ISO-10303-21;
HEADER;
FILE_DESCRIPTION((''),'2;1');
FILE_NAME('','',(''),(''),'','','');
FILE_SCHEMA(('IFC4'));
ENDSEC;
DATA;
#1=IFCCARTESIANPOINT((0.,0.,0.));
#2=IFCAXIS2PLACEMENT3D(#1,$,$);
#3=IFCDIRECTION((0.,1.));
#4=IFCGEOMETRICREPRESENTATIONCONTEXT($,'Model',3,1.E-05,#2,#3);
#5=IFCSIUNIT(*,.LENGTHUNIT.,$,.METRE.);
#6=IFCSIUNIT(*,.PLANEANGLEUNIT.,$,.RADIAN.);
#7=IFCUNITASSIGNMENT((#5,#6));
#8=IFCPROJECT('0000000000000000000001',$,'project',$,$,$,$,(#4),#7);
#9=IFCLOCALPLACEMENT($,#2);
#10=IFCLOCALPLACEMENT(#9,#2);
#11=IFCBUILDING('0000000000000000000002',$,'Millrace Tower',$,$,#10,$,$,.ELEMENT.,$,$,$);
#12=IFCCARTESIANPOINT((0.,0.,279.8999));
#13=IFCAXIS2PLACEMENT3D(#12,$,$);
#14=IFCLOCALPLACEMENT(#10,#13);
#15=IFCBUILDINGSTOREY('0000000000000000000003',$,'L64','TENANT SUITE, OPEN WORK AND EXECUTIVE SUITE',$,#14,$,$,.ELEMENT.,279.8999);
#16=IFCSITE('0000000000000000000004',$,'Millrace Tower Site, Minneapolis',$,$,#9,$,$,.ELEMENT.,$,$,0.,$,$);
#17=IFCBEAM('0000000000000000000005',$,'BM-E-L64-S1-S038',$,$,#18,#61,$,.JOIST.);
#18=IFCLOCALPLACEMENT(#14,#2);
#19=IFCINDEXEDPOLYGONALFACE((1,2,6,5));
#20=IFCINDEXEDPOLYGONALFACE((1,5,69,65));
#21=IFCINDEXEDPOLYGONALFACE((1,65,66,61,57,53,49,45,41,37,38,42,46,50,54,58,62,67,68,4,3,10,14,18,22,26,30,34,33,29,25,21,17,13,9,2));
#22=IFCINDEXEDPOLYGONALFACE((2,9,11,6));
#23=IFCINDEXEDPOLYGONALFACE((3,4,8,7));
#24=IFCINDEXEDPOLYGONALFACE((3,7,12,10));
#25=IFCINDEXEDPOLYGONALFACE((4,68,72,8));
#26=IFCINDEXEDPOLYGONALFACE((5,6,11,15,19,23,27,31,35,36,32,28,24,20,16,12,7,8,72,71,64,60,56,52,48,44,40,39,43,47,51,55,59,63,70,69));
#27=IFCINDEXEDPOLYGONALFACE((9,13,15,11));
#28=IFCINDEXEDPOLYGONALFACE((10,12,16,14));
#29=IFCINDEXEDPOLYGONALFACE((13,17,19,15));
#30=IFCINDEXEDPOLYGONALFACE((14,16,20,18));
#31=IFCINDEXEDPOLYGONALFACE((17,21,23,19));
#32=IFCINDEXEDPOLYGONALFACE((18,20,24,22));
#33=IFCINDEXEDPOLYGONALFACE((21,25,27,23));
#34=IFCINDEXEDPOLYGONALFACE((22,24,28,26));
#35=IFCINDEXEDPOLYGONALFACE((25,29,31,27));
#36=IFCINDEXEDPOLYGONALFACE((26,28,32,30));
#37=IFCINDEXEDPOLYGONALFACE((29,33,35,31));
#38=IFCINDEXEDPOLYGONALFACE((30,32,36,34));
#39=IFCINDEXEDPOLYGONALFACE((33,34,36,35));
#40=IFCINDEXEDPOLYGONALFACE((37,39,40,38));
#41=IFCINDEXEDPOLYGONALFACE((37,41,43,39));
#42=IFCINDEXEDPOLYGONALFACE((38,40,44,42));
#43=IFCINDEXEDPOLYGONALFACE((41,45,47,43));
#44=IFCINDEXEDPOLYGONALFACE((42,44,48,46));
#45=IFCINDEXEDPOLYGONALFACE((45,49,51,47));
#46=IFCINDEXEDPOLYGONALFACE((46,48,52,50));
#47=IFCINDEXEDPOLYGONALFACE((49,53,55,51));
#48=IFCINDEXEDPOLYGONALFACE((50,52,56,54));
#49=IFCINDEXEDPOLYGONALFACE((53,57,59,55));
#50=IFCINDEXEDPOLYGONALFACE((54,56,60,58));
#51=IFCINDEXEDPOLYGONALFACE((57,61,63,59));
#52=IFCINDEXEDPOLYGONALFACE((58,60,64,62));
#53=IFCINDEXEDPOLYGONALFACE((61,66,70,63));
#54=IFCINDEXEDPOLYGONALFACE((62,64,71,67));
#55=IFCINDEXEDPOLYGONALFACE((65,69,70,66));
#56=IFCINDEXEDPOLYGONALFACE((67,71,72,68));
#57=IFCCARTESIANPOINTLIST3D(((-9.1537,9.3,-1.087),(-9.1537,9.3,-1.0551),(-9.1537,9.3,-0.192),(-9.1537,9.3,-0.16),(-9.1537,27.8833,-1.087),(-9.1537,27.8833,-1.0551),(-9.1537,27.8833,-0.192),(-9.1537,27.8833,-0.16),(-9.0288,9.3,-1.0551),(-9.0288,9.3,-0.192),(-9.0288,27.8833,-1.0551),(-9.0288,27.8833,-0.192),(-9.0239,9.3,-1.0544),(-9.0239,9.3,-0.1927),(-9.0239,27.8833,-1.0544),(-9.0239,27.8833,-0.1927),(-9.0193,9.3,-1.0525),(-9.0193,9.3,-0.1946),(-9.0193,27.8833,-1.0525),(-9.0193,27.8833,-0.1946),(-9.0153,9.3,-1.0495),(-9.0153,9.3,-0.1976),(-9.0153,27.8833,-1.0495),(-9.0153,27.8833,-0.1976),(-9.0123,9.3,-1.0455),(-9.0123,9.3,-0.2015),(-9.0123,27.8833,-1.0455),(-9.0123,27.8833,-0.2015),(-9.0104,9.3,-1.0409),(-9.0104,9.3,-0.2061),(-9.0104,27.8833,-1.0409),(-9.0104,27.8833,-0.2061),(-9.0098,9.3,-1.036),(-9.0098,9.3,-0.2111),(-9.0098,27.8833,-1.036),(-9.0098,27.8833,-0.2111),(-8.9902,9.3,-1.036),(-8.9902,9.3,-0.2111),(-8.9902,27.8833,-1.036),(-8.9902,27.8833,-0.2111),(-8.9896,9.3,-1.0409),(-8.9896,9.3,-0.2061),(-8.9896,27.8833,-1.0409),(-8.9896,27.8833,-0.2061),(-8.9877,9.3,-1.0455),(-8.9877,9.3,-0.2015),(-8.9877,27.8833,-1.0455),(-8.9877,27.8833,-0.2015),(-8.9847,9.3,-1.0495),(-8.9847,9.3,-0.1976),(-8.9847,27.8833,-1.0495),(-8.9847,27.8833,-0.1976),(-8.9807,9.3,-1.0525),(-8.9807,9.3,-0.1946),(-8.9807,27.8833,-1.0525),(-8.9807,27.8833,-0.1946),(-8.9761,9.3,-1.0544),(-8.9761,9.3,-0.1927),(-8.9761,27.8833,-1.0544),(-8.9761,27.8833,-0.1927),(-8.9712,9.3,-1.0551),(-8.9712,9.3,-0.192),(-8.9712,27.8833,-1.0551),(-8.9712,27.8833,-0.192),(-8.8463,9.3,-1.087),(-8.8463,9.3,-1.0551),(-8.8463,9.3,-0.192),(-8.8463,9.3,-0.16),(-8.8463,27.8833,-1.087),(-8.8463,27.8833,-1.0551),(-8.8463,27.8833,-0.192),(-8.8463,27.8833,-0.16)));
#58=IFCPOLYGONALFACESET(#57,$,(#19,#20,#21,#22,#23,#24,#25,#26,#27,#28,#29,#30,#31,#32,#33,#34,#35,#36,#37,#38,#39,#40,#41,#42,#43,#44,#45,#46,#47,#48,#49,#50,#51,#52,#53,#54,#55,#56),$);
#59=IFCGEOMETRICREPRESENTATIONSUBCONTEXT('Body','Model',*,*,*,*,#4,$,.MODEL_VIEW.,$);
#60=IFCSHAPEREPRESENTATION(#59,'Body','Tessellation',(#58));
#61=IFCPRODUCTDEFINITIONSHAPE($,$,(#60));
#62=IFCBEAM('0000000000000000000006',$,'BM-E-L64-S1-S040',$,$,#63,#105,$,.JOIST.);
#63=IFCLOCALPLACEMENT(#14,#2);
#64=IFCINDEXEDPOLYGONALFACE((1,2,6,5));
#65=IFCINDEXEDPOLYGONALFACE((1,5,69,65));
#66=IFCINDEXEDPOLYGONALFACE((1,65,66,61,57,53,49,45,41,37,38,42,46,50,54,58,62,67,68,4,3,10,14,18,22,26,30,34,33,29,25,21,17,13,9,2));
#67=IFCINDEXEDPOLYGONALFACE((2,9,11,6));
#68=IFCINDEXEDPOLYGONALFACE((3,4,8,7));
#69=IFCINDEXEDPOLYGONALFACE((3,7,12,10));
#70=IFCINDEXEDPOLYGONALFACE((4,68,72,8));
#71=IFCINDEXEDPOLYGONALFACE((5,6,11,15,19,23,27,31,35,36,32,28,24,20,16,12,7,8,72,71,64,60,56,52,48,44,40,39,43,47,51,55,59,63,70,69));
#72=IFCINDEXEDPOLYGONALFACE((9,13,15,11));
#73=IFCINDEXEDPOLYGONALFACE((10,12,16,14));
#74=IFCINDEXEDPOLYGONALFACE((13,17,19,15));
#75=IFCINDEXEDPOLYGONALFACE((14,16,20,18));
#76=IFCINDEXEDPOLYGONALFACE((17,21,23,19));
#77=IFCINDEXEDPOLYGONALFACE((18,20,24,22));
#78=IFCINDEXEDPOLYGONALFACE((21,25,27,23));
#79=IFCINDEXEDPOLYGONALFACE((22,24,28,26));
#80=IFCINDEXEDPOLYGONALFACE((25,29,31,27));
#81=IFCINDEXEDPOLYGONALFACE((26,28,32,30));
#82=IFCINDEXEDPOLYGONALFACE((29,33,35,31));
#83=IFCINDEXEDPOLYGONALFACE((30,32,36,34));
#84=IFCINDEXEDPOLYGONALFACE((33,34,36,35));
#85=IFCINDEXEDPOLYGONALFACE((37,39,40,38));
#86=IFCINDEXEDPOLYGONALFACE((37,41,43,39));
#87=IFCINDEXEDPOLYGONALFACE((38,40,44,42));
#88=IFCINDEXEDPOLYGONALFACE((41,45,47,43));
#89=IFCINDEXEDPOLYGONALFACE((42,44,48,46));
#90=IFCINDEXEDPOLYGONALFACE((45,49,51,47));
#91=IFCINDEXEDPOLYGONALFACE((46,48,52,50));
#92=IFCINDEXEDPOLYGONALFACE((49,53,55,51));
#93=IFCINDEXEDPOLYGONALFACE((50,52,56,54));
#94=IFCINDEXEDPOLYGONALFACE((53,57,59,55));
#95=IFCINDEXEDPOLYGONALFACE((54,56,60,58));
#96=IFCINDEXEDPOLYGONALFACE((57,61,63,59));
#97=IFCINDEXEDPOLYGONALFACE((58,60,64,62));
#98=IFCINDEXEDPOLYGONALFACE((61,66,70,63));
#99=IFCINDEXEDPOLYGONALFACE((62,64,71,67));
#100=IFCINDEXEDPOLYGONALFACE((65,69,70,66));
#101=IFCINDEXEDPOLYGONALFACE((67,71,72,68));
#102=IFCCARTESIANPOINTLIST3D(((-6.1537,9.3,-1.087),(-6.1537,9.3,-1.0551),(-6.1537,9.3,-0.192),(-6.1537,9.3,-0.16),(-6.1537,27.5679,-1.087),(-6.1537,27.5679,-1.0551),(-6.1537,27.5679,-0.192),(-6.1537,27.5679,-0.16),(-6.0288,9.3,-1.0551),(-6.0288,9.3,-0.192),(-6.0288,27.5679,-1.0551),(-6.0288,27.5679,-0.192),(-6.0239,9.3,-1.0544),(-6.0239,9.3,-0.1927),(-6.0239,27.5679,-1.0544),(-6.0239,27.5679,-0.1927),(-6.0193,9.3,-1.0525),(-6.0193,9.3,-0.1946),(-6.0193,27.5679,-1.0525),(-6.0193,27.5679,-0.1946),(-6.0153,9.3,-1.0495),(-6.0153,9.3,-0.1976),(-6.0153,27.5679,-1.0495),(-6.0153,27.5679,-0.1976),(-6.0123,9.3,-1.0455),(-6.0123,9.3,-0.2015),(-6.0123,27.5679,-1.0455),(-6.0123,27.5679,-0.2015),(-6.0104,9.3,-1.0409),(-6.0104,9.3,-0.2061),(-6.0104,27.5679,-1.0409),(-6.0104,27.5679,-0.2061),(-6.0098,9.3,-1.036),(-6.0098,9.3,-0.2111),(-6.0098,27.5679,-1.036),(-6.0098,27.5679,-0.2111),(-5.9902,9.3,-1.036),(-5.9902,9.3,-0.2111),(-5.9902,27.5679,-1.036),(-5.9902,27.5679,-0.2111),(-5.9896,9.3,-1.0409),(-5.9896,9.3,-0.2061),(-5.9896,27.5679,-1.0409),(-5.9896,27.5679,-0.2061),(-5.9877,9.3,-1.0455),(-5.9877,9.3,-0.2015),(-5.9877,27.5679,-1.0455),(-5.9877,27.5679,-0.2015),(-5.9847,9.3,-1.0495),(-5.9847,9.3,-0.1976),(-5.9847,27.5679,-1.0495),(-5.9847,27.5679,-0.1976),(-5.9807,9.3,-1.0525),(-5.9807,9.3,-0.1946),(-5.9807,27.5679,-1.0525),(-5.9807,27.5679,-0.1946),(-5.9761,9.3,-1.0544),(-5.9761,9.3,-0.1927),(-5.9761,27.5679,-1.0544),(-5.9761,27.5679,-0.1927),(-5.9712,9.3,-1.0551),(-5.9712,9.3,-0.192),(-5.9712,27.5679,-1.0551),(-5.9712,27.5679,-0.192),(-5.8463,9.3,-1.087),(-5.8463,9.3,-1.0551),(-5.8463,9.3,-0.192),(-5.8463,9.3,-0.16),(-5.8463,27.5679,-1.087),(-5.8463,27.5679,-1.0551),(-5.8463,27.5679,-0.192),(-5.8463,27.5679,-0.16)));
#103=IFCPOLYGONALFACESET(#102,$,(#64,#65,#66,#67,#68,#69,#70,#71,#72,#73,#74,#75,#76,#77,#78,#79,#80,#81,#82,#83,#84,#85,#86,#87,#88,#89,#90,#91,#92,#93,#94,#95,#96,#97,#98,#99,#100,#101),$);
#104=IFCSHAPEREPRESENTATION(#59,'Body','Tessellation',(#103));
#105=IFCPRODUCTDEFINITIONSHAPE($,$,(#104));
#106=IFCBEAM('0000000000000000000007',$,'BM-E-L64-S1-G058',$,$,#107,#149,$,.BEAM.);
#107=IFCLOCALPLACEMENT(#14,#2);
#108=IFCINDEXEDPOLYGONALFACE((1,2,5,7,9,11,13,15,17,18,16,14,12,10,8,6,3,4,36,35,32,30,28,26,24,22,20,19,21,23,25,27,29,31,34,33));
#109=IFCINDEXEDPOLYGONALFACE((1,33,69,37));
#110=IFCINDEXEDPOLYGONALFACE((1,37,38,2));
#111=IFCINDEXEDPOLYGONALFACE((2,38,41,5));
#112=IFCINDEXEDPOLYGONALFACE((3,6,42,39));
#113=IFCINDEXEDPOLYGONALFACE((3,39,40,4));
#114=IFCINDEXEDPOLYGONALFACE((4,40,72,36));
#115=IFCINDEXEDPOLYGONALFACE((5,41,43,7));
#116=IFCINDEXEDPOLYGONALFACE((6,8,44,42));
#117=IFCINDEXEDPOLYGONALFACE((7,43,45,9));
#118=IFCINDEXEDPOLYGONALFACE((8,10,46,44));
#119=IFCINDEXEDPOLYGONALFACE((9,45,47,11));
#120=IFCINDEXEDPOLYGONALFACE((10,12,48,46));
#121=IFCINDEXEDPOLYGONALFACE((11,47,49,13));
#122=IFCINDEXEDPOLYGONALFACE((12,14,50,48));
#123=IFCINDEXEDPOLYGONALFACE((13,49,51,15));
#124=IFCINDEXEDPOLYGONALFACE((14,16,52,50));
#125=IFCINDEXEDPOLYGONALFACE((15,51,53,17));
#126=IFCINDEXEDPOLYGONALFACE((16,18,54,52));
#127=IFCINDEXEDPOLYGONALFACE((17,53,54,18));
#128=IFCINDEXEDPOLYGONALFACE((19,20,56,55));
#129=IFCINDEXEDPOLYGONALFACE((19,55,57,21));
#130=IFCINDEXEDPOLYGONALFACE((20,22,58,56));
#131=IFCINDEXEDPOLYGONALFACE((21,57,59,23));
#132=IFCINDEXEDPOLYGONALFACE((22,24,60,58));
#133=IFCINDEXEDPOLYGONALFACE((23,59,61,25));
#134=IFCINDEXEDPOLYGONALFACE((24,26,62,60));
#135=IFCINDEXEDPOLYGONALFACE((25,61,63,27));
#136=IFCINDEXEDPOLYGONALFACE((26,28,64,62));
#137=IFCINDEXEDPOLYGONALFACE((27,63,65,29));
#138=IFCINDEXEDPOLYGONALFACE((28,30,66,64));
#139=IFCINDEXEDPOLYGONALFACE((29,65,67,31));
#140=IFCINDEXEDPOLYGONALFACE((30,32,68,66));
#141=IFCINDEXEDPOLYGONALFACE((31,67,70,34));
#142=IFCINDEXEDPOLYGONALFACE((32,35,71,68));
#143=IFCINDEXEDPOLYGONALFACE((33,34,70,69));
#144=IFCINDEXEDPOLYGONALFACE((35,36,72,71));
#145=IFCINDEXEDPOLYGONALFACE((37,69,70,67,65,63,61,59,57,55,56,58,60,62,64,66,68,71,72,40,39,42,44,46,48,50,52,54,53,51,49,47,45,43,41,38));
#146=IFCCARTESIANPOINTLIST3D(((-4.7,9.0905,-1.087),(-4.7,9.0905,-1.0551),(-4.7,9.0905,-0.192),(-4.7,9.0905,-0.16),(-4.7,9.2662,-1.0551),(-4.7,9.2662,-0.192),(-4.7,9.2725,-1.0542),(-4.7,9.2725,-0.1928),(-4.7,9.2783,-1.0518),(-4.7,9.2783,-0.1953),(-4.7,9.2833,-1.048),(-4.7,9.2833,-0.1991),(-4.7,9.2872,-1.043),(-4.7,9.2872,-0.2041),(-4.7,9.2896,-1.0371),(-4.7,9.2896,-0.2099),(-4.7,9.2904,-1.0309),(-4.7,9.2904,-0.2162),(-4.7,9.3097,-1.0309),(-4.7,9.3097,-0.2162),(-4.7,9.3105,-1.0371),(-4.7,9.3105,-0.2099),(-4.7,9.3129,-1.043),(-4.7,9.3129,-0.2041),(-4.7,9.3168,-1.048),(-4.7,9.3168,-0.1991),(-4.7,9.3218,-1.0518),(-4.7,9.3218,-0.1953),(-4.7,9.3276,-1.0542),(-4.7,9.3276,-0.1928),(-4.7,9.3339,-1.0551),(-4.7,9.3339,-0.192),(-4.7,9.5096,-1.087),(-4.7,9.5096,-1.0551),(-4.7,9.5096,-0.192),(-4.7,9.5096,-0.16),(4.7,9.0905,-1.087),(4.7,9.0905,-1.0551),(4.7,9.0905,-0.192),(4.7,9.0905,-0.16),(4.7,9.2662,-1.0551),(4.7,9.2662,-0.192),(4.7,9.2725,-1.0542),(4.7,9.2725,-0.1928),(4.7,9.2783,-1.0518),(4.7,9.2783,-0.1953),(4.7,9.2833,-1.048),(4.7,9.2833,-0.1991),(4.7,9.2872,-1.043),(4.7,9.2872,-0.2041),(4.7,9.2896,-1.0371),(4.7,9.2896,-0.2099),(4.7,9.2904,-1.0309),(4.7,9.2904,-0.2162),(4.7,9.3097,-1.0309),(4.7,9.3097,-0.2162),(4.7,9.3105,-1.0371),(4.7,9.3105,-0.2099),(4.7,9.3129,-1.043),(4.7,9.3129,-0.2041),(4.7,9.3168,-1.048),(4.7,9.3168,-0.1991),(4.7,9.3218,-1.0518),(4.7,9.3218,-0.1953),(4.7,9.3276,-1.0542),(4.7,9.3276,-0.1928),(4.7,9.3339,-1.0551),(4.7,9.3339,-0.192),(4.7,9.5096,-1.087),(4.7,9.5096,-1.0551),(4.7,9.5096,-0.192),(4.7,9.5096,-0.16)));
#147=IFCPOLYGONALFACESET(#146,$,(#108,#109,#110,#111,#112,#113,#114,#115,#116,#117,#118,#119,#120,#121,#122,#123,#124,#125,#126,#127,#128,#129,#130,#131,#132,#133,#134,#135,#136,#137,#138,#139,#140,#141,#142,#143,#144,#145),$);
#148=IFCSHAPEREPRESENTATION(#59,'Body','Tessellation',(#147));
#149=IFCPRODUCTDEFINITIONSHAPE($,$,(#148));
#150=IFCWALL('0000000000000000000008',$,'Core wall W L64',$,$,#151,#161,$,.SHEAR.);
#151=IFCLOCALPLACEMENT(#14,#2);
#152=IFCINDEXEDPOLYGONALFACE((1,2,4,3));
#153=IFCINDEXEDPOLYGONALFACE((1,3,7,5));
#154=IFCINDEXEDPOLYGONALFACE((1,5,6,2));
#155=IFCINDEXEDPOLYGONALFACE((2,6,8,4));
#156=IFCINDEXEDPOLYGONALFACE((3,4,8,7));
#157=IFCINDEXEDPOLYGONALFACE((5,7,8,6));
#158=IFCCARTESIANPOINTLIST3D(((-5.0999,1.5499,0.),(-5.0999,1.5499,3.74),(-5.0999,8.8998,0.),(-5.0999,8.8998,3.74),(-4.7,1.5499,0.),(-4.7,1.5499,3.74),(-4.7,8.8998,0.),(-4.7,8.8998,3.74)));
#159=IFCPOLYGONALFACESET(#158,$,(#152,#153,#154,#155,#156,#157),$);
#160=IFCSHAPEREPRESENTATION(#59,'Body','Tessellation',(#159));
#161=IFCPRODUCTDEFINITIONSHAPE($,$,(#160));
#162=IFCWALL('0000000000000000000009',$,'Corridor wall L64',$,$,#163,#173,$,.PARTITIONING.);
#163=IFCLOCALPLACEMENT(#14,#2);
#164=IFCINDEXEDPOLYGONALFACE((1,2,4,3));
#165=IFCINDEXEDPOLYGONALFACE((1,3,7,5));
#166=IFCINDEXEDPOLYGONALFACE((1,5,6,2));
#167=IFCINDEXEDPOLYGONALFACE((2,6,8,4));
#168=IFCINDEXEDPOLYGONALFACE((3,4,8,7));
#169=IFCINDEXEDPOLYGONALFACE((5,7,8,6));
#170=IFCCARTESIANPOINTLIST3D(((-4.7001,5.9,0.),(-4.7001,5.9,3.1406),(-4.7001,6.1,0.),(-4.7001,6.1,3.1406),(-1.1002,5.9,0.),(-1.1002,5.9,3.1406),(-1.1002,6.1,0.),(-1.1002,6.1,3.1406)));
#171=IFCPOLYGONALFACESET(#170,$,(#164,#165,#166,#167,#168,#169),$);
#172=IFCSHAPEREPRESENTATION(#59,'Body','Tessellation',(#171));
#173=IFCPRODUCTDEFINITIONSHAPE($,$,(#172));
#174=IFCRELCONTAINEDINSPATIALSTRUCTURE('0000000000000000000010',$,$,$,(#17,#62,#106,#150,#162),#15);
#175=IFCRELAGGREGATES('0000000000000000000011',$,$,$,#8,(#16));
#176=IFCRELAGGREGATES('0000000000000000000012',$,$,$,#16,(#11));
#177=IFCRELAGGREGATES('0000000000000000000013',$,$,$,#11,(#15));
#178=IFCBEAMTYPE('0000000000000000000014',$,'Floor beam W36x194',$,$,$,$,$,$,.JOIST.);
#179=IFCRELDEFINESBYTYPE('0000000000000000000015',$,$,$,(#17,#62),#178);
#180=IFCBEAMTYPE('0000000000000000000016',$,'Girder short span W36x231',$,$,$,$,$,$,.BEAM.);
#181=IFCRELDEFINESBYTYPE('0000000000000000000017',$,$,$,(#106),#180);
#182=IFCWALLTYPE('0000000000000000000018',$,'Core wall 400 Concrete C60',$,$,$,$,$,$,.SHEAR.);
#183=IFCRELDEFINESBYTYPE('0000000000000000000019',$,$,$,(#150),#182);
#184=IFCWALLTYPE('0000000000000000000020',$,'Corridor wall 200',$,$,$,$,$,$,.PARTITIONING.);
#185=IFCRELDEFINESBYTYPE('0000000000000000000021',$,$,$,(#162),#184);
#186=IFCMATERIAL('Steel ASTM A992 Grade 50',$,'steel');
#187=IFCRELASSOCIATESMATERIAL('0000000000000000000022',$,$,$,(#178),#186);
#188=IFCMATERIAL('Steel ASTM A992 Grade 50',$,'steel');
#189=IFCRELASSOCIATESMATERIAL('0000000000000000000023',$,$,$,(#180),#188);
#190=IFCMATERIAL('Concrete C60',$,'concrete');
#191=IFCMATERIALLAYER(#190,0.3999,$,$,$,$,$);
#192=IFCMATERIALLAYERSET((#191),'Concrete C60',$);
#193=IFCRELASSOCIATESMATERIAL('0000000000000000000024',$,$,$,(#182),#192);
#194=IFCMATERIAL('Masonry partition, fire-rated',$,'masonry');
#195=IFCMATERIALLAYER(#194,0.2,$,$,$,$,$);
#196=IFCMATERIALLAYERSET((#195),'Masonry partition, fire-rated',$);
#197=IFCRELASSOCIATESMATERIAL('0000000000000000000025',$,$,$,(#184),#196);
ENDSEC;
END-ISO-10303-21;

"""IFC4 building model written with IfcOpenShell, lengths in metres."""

from ifc_helpers import new_model, si_unit, direction, frame, frame_2d, origin, origin_2d, place, context, subcontext, project, spatial, rectangle, i_section, extrude, material, layer, layer_set, material_profile, profile_set, type_object, element, save


model = new_model("IFC4")

# Units and contexts
model_context = context("Model", 3, precision=1e-05, world=origin(), true_north=direction((0.0, 1.0)))
body_context = subcontext(model_context, "Body", "Model", "MODEL_VIEW")
ifc_project = project(units=[si_unit("LENGTHUNIT", "METRE"), si_unit("PLANEANGLEUNIT", "RADIAN")], contexts=[model_context])

# Site, building, storey
site_placement = place(None, origin())
site = spatial("IfcSite", under=ifc_project, at=site_placement, Name="Millrace Tower Site, Minneapolis", CompositionType="ELEMENT", RefElevation=0.0)
building_placement = place(site_placement, origin())
building = spatial("IfcBuilding", under=site, at=building_placement, Name="Millrace Tower", CompositionType="ELEMENT")
storey_placement = place(building_placement, frame((0.0, 0.0, 279.8999)))
storey = spatial("IfcBuildingStorey", under=building, at=storey_placement, Name="L64", Description="TENANT SUITE, OPEN WORK AND EXECUTIVE SUITE", CompositionType="ELEMENT", Elevation=279.8999)

# Beams
ifc_material_1 = material(Name="Steel ASTM A992 Grade 50", Category="steel")
ifc_material_profile_1 = material_profile(ifc_material_1, i_section(OverallWidth=0.3074, OverallDepth=0.927, WebThickness=0.0195, FlangeThickness=0.032, FilletRadius=0.019, at=origin_2d()))
ifc_profile_set_1 = profile_set([ifc_material_profile_1], Name="Steel ASTM A992 Grade 50")
beam_type_1 = type_object("IfcBeamType", Name="Floor beam W36x194", PredefinedType="JOIST", material=ifc_profile_set_1)
beam_1_placement = place(storey_placement, frame((-9.0, 9.3, -0.6235), z_axis=(0.0, 1.0, 0.0), x_axis=(-1.0, 0.0, 0.0)))
element("IfcBeam", 1, at=beam_1_placement, inside=storey, type_object=beam_type_1, Name="BM-E-L64-S1-S038", PredefinedType="JOIST", context=body_context, shape_type="SweptSolid", body=[
    extrude(i_section(OverallWidth=0.3074, OverallDepth=0.927, WebThickness=0.0195, FlangeThickness=0.032, FilletRadius=0.019, at=origin_2d()), origin(), (0.0, 0.0, 1.0), 18.5833),
])
beam_2_placement = place(storey_placement, frame((-6.0, 9.3, -0.6235), z_axis=(0.0, 1.0, 0.0), x_axis=(-1.0, 0.0, 0.0)))
element("IfcBeam", 2, at=beam_2_placement, inside=storey, type_object=beam_type_1, Name="BM-E-L64-S1-S040", PredefinedType="JOIST", context=body_context, shape_type="SweptSolid", body=[
    extrude(i_section(OverallWidth=0.3074, OverallDepth=0.927, WebThickness=0.0195, FlangeThickness=0.032, FilletRadius=0.019, at=origin_2d()), origin(), (0.0, 0.0, 1.0), 18.2678),
])
ifc_material_2 = material(Name="Steel ASTM A992 Grade 50", Category="steel")
ifc_material_profile_2 = material_profile(ifc_material_2, i_section(OverallWidth=0.4192, OverallDepth=0.927, WebThickness=0.0193, FlangeThickness=0.032, FilletRadius=0.0242, at=origin_2d()))
ifc_profile_set_2 = profile_set([ifc_material_profile_2], Name="Steel ASTM A992 Grade 50")
beam_type_2 = type_object("IfcBeamType", Name="Girder short span W36x231", PredefinedType="BEAM", material=ifc_profile_set_2)
beam_3_placement = place(storey_placement, frame((-4.7, 9.3, -0.6235), z_axis=(1.0, 0.0, 0.0), x_axis=(0.0, 1.0, 0.0)))
element("IfcBeam", 3, at=beam_3_placement, inside=storey, type_object=beam_type_2, Name="BM-E-L64-S1-G058", PredefinedType="BEAM", context=body_context, shape_type="SweptSolid", body=[
    extrude(i_section(OverallWidth=0.4192, OverallDepth=0.927, WebThickness=0.0193, FlangeThickness=0.032, FilletRadius=0.0242, at=origin_2d()), origin(), (0.0, 0.0, 1.0), 9.3999),
])

# Walls
ifc_material_3 = material(Name="Concrete C60", Category="concrete")
ifc_layer_1 = layer(ifc_material_3, 0.3999)
ifc_layer_set_1 = layer_set([ifc_layer_1], Name="Concrete C60")
wall_type_1 = type_object("IfcWallType", Name="Core wall 400 Concrete C60", PredefinedType="SHEAR", material=ifc_layer_set_1)
wall_1_placement = place(storey_placement, frame((-4.8999, 1.55, 0.0), z_axis=(0.0, 0.0, 1.0), x_axis=(0.0, 1.0, 0.0)))
element("IfcWall", 4, at=wall_1_placement, inside=storey, type_object=wall_type_1, Name="Core wall W L64", PredefinedType="SHEAR", context=body_context, shape_type="SweptSolid", body=[
    extrude(rectangle(XDim=7.3499, YDim=0.3999, at=frame_2d((3.6748, 0.0))), origin(), (0.0, 0.0, 1.0), 3.74),
])
ifc_material_4 = material(Name="Masonry partition, fire-rated", Category="masonry")
ifc_layer_2 = layer(ifc_material_4, 0.2)
ifc_layer_set_2 = layer_set([ifc_layer_2], Name="Masonry partition, fire-rated")
wall_type_2 = type_object("IfcWallType", Name="Corridor wall 200", PredefinedType="PARTITIONING", material=ifc_layer_set_2)
wall_2_placement = place(storey_placement, frame((-4.7, 6.0, 0.0), z_axis=(0.0, 0.0, 1.0), x_axis=(1.0, 0.0, 0.0)))
element("IfcWall", 5, at=wall_2_placement, inside=storey, type_object=wall_type_2, Name="Corridor wall L64", PredefinedType="PARTITIONING", context=body_context, shape_type="SweptSolid", body=[
    extrude(rectangle(XDim=3.5999, YDim=0.2, at=frame_2d((1.7998, 0.0))), origin(), (0.0, 0.0, 1.0), 3.1406),
])

save(model, "model.ifc")
